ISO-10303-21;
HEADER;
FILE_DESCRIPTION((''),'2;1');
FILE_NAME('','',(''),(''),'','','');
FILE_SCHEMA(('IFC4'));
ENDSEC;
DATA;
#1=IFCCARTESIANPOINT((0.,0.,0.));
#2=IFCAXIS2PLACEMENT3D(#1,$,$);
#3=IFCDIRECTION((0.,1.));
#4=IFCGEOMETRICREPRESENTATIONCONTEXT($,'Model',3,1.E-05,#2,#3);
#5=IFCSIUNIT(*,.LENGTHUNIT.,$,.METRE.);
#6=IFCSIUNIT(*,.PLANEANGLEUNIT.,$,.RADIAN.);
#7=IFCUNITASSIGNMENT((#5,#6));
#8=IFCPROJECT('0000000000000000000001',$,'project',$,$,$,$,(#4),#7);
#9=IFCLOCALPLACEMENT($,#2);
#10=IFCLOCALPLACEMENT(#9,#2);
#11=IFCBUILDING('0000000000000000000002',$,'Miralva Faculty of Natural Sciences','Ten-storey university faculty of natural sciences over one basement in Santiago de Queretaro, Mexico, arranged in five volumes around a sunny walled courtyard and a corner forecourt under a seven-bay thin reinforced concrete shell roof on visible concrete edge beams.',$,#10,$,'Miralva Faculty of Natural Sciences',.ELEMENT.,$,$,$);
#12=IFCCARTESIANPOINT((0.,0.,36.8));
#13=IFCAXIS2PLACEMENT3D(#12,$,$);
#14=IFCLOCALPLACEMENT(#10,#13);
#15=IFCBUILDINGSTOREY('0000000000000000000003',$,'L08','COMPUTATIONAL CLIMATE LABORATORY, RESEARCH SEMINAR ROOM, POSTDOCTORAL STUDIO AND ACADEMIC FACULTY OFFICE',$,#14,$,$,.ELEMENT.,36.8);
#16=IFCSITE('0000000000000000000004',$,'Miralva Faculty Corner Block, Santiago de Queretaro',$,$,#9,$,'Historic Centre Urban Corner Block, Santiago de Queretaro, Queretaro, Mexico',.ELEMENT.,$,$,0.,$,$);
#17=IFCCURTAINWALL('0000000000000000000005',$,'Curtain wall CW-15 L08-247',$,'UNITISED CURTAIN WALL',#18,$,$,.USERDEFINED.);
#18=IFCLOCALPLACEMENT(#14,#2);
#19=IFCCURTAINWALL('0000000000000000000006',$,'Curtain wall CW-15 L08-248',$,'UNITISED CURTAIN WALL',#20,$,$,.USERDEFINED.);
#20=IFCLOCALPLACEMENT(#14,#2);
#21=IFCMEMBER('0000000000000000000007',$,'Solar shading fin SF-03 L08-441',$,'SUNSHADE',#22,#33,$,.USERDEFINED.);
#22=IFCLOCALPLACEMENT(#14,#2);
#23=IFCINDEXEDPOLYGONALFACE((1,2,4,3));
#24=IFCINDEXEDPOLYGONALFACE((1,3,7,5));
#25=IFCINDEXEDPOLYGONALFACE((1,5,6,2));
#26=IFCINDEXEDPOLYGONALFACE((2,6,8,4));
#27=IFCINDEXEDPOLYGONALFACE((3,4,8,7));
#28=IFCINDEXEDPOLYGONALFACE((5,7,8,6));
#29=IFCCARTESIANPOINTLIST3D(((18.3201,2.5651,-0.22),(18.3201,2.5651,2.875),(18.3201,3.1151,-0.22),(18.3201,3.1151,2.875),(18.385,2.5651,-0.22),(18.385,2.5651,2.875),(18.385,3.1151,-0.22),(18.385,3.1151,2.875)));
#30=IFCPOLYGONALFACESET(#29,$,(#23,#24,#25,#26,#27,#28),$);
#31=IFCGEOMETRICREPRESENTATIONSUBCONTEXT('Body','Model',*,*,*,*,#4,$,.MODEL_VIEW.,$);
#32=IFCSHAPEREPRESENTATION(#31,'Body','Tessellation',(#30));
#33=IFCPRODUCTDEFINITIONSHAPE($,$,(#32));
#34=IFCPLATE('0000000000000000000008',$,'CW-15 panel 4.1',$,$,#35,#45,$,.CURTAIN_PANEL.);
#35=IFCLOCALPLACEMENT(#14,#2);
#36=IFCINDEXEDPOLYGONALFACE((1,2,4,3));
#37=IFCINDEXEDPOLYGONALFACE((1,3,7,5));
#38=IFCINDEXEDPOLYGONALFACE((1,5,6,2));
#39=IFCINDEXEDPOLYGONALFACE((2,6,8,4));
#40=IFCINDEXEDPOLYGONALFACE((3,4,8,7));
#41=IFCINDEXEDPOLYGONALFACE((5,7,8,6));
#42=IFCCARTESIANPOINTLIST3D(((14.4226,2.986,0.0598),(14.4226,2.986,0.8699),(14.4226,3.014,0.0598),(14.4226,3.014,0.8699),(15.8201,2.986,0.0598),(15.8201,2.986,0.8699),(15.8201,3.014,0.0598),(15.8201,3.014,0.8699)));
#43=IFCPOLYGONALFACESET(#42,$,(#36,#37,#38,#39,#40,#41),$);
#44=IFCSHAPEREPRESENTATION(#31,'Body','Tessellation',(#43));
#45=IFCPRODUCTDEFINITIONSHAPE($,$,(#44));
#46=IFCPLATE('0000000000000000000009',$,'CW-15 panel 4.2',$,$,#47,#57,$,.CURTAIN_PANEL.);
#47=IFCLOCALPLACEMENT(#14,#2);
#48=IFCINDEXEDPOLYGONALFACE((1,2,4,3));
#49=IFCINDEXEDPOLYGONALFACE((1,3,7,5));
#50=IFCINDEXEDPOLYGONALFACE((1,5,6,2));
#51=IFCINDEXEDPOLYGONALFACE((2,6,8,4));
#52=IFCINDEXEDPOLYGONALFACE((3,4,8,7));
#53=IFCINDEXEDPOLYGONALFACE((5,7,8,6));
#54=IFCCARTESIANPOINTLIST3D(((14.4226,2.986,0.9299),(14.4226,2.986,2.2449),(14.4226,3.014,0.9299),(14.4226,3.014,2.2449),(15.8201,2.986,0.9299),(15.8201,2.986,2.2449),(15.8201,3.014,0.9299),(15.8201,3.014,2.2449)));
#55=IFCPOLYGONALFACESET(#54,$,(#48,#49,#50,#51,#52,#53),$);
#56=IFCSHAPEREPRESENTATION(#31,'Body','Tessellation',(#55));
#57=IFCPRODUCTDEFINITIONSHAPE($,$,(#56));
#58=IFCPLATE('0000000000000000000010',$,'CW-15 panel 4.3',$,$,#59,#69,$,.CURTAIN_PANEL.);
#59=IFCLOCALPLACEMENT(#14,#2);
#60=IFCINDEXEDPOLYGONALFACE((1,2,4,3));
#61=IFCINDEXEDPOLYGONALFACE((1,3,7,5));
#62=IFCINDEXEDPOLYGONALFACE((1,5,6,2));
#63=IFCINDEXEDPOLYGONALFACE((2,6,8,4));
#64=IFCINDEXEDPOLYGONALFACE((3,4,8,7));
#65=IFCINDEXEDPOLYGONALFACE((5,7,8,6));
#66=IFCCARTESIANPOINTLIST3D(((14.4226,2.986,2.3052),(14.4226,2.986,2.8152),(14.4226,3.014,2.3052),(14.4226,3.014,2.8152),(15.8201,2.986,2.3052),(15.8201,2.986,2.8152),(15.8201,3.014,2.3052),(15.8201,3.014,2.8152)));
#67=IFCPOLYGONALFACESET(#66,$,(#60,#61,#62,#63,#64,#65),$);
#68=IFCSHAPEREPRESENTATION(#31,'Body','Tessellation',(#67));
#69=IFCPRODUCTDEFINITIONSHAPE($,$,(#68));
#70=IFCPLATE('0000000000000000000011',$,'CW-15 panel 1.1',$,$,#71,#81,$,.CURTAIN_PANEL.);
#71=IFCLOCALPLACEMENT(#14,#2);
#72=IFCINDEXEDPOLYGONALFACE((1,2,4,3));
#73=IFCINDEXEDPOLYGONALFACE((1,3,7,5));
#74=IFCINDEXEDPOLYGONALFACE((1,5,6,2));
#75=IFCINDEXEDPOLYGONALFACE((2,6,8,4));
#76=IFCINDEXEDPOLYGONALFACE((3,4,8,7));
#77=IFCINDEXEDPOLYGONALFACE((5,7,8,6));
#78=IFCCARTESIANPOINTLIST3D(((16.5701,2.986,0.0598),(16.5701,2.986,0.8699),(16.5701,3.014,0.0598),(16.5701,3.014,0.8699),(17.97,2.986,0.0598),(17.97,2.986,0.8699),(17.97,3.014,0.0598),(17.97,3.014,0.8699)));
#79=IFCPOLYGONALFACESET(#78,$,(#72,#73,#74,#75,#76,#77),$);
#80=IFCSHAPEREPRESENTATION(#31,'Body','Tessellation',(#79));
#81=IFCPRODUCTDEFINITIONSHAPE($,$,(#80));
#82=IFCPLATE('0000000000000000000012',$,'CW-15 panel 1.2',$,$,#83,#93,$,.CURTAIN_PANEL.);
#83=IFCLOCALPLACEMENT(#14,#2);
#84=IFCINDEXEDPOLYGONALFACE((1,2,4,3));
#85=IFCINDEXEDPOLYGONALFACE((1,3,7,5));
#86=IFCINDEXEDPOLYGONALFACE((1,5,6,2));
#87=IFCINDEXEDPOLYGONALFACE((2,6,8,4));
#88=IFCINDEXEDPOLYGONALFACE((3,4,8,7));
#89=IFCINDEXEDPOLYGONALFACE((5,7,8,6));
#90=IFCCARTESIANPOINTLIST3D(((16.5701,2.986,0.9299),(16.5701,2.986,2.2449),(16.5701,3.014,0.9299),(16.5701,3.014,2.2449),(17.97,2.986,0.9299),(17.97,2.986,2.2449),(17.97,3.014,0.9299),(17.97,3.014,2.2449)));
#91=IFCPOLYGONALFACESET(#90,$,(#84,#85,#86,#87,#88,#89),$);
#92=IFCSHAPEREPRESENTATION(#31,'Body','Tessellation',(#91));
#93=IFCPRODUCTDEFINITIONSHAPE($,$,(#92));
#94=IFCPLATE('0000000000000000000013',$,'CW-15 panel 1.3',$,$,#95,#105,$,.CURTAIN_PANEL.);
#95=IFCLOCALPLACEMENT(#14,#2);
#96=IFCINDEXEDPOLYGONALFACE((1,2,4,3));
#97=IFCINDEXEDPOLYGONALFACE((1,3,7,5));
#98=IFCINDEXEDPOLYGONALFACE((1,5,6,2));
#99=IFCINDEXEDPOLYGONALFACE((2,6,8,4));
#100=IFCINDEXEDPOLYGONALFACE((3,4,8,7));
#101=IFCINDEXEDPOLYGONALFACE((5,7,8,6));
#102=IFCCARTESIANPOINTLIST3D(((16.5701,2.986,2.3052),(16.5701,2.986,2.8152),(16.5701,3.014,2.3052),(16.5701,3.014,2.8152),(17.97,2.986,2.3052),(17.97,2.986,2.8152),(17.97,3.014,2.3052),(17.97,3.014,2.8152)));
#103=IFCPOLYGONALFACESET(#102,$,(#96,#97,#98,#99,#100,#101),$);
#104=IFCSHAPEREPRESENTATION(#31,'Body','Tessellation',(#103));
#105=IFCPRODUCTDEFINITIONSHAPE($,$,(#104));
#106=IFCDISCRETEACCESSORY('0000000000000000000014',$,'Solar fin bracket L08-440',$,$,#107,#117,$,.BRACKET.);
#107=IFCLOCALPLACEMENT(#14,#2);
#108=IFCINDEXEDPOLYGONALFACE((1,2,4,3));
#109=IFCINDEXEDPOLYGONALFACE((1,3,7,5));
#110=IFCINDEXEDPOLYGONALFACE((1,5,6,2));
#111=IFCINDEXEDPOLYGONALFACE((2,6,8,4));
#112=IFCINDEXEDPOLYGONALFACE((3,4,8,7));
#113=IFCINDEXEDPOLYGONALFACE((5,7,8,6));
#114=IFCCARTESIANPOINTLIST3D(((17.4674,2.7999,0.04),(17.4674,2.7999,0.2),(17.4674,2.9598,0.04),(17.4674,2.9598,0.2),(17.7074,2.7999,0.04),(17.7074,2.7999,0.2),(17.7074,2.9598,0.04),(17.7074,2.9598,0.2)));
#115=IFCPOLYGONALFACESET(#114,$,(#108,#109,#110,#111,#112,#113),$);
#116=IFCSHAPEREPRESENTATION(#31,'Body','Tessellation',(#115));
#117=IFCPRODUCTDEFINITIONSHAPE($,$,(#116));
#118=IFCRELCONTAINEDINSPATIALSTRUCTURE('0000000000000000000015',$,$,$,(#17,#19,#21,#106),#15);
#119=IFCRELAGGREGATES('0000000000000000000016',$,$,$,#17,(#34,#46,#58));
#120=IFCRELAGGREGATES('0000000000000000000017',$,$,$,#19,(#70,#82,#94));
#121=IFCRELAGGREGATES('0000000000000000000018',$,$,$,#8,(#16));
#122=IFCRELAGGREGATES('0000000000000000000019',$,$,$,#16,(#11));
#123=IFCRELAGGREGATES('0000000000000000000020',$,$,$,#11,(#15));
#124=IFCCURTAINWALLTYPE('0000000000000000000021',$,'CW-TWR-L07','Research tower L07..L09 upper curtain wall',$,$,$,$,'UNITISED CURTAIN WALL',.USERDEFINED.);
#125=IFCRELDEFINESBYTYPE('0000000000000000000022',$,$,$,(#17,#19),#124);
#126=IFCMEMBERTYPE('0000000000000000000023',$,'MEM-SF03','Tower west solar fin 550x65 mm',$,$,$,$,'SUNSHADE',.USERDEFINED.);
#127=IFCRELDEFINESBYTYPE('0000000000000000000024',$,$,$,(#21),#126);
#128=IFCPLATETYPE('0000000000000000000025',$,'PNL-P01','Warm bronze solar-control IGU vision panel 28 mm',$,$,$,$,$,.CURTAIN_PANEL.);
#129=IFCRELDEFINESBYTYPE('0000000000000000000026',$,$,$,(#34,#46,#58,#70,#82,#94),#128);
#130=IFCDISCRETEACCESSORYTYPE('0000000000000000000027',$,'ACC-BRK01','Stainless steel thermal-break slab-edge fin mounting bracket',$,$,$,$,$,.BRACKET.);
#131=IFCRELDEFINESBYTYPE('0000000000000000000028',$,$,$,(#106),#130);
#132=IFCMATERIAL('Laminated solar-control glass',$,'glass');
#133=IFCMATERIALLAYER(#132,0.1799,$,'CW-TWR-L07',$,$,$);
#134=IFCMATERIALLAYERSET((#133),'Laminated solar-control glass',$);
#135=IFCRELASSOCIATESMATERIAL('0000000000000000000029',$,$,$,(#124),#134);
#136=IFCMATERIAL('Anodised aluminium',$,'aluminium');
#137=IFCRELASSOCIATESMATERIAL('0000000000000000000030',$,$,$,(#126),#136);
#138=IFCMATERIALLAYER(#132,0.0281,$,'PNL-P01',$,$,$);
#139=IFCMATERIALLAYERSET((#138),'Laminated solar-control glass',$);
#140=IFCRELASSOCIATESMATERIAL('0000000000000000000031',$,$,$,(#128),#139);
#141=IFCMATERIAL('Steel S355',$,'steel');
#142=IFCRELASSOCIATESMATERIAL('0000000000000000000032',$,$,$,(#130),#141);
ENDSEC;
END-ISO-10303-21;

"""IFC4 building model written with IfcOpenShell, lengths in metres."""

from ifc_helpers import new_model, si_unit, direction, frame, origin, origin_2d, place, context, subcontext, project, spatial, rectangle, extrude, material, layer, layer_set, material_profile, profile_set, type_object, element, aggregate, save


model = new_model("IFC4")

# Units and contexts
model_context = context("Model", 3, precision=1e-05, world=origin(), true_north=direction((0.0, 1.0)))
body_context = subcontext(model_context, "Body", "Model", "MODEL_VIEW")
ifc_project = project(units=[si_unit("LENGTHUNIT", "METRE"), si_unit("PLANEANGLEUNIT", "RADIAN")], contexts=[model_context])

# Site, building, storey
site_placement = place(None, origin())
site = spatial("IfcSite", under=ifc_project, at=site_placement, Name="Miralva Faculty Corner Block, Santiago de Queretaro", LongName="Historic Centre Urban Corner Block, Santiago de Queretaro, Queretaro, Mexico", CompositionType="ELEMENT", RefElevation=0.0)
building_placement = place(site_placement, origin())
building = spatial("IfcBuilding", under=site, at=building_placement, Name="Miralva Faculty of Natural Sciences", Description="Ten-storey university faculty of natural sciences over one basement in Santiago de Queretaro, Mexico, arranged in five volumes around a sunny walled courtyard and a corner forecourt under a seven-bay thin reinforced concrete shell roof on visible concrete edge beams.", LongName="Miralva Faculty of Natural Sciences", CompositionType="ELEMENT")
storey_placement = place(building_placement, frame((0.0, 0.0, 36.8)))
storey = spatial("IfcBuildingStorey", under=building, at=storey_placement, Name="L08", Description="COMPUTATIONAL CLIMATE LABORATORY, RESEARCH SEMINAR ROOM, POSTDOCTORAL STUDIO AND ACADEMIC FACULTY OFFICE", CompositionType="ELEMENT", Elevation=36.8)

# Curtain wall
ifc_material_1 = material(Name="Laminated solar-control glass", Category="glass")
ifc_layer_1 = layer(ifc_material_1, 0.1799, Name="CW-TWR-L07")
ifc_layer_set_1 = layer_set([ifc_layer_1], Name="Laminated solar-control glass")
curtain_wall_type = type_object("IfcCurtainWallType", Name="CW-TWR-L07", Description="Research tower L07..L09 upper curtain wall", ElementType="UNITISED CURTAIN WALL", PredefinedType="USERDEFINED", material=ifc_layer_set_1)
curtain_wall_1_placement = place(storey_placement, origin())
curtain_wall_1 = element("IfcCurtainWall", 1, at=curtain_wall_1_placement, inside=storey, type_object=curtain_wall_type, Name="Curtain wall CW-15 L08-247", ObjectType="UNITISED CURTAIN WALL", PredefinedType="USERDEFINED")
ifc_material_2 = material(Name="Anodised aluminium", Category="aluminium")

# Curtain wall
curtain_wall_2_placement = place(storey_placement, origin())
curtain_wall_2 = element("IfcCurtainWall", 2, at=curtain_wall_2_placement, inside=storey, type_object=curtain_wall_type, Name="Curtain wall CW-15 L08-248", ObjectType="UNITISED CURTAIN WALL", PredefinedType="USERDEFINED")

# Member
ifc_material_profile_1 = material_profile(ifc_material_2, rectangle(XDim=0.0649, YDim=0.55, at=origin_2d()), Name="FIN 550x65")
ifc_profile_set_1 = profile_set([ifc_material_profile_1], Name="Anodised aluminium")
member_type_1 = type_object("IfcMemberType", Name="MEM-SF03", Description="Tower west solar fin 550x65 mm", ElementType="SUNSHADE", PredefinedType="USERDEFINED", material=ifc_profile_set_1)
for number, where, z_axis, x_axis, name in (
    (3, (18.3525, 2.8401, -0.22), (0.0, 0.0, 1.0), (1.0, 0.0, 0.0), "Solar shading fin SF-03 L08-441"),
):
    element("IfcMember", number, at=place(storey_placement, frame(where, z_axis=z_axis, x_axis=x_axis)), inside=storey, type_object=member_type_1, Name=name, ObjectType="SUNSHADE", PredefinedType="USERDEFINED", context=body_context, shape_type="SweptSolid", body=[
        extrude(rectangle(XDim=0.0649, YDim=0.55, at=origin_2d()), origin(), (0.0, 0.0, 1.0), 3.095),
    ])

# Plates
ifc_layer_2 = layer(ifc_material_1, 0.0281, Name="PNL-P01")
ifc_layer_set_2 = layer_set([ifc_layer_2], Name="Laminated solar-control glass")
plate_type = type_object("IfcPlateType", Name="PNL-P01", Description="Warm bronze solar-control IGU vision panel 28 mm", PredefinedType="CURTAIN_PANEL", material=ifc_layer_set_2)
plate_1_placement = place(storey_placement, frame((15.1213, 3.0, 0.0598), z_axis=(0.0, 0.0, 1.0), x_axis=(1.0, 0.0, 0.0)))
plate_1 = element("IfcPlate", 4, at=plate_1_placement, type_object=plate_type, Name="CW-15 panel 4.1", PredefinedType="CURTAIN_PANEL", context=body_context, shape_type="SweptSolid", body=[
    extrude(rectangle(XDim=1.3975, YDim=0.0281, at=origin_2d()), origin(), (0.0, 0.0, 1.0), 0.8101),
])
plate_2_placement = place(storey_placement, frame((15.1213, 3.0, 0.9299), z_axis=(0.0, 0.0, 1.0), x_axis=(1.0, 0.0, 0.0)))
plate_2 = element("IfcPlate", 5, at=plate_2_placement, type_object=plate_type, Name="CW-15 panel 4.2", PredefinedType="CURTAIN_PANEL", context=body_context, shape_type="SweptSolid", body=[
    extrude(rectangle(XDim=1.3975, YDim=0.0281, at=origin_2d()), origin(), (0.0, 0.0, 1.0), 1.3149),
])
plate_3_placement = place(storey_placement, frame((15.1213, 3.0, 2.3052), z_axis=(0.0, 0.0, 1.0), x_axis=(1.0, 0.0, 0.0)))
plate_3 = element("IfcPlate", 6, at=plate_3_placement, type_object=plate_type, Name="CW-15 panel 4.3", PredefinedType="CURTAIN_PANEL", context=body_context, shape_type="SweptSolid", body=[
    extrude(rectangle(XDim=1.3975, YDim=0.0281, at=origin_2d()), origin(), (0.0, 0.0, 1.0), 0.51),
])
aggregate(curtain_wall_1, [plate_1, plate_2, plate_3])
plate_4_placement = place(storey_placement, frame((17.27, 3.0, 0.0598), z_axis=(0.0, 0.0, 1.0), x_axis=(1.0, 0.0, 0.0)))
plate_4 = element("IfcPlate", 7, at=plate_4_placement, type_object=plate_type, Name="CW-15 panel 1.1", PredefinedType="CURTAIN_PANEL", context=body_context, shape_type="SweptSolid", body=[
    extrude(rectangle(XDim=1.3999, YDim=0.0281, at=origin_2d()), origin(), (0.0, 0.0, 1.0), 0.8101),
])
plate_5_placement = place(storey_placement, frame((17.27, 3.0, 0.9299), z_axis=(0.0, 0.0, 1.0), x_axis=(1.0, 0.0, 0.0)))
plate_5 = element("IfcPlate", 8, at=plate_5_placement, type_object=plate_type, Name="CW-15 panel 1.2", PredefinedType="CURTAIN_PANEL", context=body_context, shape_type="SweptSolid", body=[
    extrude(rectangle(XDim=1.3999, YDim=0.0281, at=origin_2d()), origin(), (0.0, 0.0, 1.0), 1.3149),
])
plate_6_placement = place(storey_placement, frame((17.27, 3.0, 2.3052), z_axis=(0.0, 0.0, 1.0), x_axis=(1.0, 0.0, 0.0)))
plate_6 = element("IfcPlate", 9, at=plate_6_placement, type_object=plate_type, Name="CW-15 panel 1.3", PredefinedType="CURTAIN_PANEL", context=body_context, shape_type="SweptSolid", body=[
    extrude(rectangle(XDim=1.3999, YDim=0.0281, at=origin_2d()), origin(), (0.0, 0.0, 1.0), 0.51),
])
aggregate(curtain_wall_2, [plate_4, plate_5, plate_6])

# Discrete accessory
ifc_material_3 = material(Name="Steel S355", Category="steel")
discrete_accessory_type = type_object("IfcDiscreteAccessoryType", Name="ACC-BRK01", Description="Stainless steel thermal-break slab-edge fin mounting bracket", PredefinedType="BRACKET", material=ifc_material_3)
discrete_accessory_placement = place(storey_placement, frame((17.5874, 2.8799, 0.04), z_axis=(0.0, 0.0, 1.0), x_axis=(0.0, -1.0, 0.0)))
element("IfcDiscreteAccessory", 10, at=discrete_accessory_placement, inside=storey, type_object=discrete_accessory_type, Name="Solar fin bracket L08-440", PredefinedType="BRACKET", context=body_context, shape_type="SweptSolid", body=[
    extrude(rectangle(XDim=0.1599, YDim=0.24, at=origin_2d()), origin(), (0.0, 0.0, 1.0), 0.1599),
])

save(model, "model.ifc")
